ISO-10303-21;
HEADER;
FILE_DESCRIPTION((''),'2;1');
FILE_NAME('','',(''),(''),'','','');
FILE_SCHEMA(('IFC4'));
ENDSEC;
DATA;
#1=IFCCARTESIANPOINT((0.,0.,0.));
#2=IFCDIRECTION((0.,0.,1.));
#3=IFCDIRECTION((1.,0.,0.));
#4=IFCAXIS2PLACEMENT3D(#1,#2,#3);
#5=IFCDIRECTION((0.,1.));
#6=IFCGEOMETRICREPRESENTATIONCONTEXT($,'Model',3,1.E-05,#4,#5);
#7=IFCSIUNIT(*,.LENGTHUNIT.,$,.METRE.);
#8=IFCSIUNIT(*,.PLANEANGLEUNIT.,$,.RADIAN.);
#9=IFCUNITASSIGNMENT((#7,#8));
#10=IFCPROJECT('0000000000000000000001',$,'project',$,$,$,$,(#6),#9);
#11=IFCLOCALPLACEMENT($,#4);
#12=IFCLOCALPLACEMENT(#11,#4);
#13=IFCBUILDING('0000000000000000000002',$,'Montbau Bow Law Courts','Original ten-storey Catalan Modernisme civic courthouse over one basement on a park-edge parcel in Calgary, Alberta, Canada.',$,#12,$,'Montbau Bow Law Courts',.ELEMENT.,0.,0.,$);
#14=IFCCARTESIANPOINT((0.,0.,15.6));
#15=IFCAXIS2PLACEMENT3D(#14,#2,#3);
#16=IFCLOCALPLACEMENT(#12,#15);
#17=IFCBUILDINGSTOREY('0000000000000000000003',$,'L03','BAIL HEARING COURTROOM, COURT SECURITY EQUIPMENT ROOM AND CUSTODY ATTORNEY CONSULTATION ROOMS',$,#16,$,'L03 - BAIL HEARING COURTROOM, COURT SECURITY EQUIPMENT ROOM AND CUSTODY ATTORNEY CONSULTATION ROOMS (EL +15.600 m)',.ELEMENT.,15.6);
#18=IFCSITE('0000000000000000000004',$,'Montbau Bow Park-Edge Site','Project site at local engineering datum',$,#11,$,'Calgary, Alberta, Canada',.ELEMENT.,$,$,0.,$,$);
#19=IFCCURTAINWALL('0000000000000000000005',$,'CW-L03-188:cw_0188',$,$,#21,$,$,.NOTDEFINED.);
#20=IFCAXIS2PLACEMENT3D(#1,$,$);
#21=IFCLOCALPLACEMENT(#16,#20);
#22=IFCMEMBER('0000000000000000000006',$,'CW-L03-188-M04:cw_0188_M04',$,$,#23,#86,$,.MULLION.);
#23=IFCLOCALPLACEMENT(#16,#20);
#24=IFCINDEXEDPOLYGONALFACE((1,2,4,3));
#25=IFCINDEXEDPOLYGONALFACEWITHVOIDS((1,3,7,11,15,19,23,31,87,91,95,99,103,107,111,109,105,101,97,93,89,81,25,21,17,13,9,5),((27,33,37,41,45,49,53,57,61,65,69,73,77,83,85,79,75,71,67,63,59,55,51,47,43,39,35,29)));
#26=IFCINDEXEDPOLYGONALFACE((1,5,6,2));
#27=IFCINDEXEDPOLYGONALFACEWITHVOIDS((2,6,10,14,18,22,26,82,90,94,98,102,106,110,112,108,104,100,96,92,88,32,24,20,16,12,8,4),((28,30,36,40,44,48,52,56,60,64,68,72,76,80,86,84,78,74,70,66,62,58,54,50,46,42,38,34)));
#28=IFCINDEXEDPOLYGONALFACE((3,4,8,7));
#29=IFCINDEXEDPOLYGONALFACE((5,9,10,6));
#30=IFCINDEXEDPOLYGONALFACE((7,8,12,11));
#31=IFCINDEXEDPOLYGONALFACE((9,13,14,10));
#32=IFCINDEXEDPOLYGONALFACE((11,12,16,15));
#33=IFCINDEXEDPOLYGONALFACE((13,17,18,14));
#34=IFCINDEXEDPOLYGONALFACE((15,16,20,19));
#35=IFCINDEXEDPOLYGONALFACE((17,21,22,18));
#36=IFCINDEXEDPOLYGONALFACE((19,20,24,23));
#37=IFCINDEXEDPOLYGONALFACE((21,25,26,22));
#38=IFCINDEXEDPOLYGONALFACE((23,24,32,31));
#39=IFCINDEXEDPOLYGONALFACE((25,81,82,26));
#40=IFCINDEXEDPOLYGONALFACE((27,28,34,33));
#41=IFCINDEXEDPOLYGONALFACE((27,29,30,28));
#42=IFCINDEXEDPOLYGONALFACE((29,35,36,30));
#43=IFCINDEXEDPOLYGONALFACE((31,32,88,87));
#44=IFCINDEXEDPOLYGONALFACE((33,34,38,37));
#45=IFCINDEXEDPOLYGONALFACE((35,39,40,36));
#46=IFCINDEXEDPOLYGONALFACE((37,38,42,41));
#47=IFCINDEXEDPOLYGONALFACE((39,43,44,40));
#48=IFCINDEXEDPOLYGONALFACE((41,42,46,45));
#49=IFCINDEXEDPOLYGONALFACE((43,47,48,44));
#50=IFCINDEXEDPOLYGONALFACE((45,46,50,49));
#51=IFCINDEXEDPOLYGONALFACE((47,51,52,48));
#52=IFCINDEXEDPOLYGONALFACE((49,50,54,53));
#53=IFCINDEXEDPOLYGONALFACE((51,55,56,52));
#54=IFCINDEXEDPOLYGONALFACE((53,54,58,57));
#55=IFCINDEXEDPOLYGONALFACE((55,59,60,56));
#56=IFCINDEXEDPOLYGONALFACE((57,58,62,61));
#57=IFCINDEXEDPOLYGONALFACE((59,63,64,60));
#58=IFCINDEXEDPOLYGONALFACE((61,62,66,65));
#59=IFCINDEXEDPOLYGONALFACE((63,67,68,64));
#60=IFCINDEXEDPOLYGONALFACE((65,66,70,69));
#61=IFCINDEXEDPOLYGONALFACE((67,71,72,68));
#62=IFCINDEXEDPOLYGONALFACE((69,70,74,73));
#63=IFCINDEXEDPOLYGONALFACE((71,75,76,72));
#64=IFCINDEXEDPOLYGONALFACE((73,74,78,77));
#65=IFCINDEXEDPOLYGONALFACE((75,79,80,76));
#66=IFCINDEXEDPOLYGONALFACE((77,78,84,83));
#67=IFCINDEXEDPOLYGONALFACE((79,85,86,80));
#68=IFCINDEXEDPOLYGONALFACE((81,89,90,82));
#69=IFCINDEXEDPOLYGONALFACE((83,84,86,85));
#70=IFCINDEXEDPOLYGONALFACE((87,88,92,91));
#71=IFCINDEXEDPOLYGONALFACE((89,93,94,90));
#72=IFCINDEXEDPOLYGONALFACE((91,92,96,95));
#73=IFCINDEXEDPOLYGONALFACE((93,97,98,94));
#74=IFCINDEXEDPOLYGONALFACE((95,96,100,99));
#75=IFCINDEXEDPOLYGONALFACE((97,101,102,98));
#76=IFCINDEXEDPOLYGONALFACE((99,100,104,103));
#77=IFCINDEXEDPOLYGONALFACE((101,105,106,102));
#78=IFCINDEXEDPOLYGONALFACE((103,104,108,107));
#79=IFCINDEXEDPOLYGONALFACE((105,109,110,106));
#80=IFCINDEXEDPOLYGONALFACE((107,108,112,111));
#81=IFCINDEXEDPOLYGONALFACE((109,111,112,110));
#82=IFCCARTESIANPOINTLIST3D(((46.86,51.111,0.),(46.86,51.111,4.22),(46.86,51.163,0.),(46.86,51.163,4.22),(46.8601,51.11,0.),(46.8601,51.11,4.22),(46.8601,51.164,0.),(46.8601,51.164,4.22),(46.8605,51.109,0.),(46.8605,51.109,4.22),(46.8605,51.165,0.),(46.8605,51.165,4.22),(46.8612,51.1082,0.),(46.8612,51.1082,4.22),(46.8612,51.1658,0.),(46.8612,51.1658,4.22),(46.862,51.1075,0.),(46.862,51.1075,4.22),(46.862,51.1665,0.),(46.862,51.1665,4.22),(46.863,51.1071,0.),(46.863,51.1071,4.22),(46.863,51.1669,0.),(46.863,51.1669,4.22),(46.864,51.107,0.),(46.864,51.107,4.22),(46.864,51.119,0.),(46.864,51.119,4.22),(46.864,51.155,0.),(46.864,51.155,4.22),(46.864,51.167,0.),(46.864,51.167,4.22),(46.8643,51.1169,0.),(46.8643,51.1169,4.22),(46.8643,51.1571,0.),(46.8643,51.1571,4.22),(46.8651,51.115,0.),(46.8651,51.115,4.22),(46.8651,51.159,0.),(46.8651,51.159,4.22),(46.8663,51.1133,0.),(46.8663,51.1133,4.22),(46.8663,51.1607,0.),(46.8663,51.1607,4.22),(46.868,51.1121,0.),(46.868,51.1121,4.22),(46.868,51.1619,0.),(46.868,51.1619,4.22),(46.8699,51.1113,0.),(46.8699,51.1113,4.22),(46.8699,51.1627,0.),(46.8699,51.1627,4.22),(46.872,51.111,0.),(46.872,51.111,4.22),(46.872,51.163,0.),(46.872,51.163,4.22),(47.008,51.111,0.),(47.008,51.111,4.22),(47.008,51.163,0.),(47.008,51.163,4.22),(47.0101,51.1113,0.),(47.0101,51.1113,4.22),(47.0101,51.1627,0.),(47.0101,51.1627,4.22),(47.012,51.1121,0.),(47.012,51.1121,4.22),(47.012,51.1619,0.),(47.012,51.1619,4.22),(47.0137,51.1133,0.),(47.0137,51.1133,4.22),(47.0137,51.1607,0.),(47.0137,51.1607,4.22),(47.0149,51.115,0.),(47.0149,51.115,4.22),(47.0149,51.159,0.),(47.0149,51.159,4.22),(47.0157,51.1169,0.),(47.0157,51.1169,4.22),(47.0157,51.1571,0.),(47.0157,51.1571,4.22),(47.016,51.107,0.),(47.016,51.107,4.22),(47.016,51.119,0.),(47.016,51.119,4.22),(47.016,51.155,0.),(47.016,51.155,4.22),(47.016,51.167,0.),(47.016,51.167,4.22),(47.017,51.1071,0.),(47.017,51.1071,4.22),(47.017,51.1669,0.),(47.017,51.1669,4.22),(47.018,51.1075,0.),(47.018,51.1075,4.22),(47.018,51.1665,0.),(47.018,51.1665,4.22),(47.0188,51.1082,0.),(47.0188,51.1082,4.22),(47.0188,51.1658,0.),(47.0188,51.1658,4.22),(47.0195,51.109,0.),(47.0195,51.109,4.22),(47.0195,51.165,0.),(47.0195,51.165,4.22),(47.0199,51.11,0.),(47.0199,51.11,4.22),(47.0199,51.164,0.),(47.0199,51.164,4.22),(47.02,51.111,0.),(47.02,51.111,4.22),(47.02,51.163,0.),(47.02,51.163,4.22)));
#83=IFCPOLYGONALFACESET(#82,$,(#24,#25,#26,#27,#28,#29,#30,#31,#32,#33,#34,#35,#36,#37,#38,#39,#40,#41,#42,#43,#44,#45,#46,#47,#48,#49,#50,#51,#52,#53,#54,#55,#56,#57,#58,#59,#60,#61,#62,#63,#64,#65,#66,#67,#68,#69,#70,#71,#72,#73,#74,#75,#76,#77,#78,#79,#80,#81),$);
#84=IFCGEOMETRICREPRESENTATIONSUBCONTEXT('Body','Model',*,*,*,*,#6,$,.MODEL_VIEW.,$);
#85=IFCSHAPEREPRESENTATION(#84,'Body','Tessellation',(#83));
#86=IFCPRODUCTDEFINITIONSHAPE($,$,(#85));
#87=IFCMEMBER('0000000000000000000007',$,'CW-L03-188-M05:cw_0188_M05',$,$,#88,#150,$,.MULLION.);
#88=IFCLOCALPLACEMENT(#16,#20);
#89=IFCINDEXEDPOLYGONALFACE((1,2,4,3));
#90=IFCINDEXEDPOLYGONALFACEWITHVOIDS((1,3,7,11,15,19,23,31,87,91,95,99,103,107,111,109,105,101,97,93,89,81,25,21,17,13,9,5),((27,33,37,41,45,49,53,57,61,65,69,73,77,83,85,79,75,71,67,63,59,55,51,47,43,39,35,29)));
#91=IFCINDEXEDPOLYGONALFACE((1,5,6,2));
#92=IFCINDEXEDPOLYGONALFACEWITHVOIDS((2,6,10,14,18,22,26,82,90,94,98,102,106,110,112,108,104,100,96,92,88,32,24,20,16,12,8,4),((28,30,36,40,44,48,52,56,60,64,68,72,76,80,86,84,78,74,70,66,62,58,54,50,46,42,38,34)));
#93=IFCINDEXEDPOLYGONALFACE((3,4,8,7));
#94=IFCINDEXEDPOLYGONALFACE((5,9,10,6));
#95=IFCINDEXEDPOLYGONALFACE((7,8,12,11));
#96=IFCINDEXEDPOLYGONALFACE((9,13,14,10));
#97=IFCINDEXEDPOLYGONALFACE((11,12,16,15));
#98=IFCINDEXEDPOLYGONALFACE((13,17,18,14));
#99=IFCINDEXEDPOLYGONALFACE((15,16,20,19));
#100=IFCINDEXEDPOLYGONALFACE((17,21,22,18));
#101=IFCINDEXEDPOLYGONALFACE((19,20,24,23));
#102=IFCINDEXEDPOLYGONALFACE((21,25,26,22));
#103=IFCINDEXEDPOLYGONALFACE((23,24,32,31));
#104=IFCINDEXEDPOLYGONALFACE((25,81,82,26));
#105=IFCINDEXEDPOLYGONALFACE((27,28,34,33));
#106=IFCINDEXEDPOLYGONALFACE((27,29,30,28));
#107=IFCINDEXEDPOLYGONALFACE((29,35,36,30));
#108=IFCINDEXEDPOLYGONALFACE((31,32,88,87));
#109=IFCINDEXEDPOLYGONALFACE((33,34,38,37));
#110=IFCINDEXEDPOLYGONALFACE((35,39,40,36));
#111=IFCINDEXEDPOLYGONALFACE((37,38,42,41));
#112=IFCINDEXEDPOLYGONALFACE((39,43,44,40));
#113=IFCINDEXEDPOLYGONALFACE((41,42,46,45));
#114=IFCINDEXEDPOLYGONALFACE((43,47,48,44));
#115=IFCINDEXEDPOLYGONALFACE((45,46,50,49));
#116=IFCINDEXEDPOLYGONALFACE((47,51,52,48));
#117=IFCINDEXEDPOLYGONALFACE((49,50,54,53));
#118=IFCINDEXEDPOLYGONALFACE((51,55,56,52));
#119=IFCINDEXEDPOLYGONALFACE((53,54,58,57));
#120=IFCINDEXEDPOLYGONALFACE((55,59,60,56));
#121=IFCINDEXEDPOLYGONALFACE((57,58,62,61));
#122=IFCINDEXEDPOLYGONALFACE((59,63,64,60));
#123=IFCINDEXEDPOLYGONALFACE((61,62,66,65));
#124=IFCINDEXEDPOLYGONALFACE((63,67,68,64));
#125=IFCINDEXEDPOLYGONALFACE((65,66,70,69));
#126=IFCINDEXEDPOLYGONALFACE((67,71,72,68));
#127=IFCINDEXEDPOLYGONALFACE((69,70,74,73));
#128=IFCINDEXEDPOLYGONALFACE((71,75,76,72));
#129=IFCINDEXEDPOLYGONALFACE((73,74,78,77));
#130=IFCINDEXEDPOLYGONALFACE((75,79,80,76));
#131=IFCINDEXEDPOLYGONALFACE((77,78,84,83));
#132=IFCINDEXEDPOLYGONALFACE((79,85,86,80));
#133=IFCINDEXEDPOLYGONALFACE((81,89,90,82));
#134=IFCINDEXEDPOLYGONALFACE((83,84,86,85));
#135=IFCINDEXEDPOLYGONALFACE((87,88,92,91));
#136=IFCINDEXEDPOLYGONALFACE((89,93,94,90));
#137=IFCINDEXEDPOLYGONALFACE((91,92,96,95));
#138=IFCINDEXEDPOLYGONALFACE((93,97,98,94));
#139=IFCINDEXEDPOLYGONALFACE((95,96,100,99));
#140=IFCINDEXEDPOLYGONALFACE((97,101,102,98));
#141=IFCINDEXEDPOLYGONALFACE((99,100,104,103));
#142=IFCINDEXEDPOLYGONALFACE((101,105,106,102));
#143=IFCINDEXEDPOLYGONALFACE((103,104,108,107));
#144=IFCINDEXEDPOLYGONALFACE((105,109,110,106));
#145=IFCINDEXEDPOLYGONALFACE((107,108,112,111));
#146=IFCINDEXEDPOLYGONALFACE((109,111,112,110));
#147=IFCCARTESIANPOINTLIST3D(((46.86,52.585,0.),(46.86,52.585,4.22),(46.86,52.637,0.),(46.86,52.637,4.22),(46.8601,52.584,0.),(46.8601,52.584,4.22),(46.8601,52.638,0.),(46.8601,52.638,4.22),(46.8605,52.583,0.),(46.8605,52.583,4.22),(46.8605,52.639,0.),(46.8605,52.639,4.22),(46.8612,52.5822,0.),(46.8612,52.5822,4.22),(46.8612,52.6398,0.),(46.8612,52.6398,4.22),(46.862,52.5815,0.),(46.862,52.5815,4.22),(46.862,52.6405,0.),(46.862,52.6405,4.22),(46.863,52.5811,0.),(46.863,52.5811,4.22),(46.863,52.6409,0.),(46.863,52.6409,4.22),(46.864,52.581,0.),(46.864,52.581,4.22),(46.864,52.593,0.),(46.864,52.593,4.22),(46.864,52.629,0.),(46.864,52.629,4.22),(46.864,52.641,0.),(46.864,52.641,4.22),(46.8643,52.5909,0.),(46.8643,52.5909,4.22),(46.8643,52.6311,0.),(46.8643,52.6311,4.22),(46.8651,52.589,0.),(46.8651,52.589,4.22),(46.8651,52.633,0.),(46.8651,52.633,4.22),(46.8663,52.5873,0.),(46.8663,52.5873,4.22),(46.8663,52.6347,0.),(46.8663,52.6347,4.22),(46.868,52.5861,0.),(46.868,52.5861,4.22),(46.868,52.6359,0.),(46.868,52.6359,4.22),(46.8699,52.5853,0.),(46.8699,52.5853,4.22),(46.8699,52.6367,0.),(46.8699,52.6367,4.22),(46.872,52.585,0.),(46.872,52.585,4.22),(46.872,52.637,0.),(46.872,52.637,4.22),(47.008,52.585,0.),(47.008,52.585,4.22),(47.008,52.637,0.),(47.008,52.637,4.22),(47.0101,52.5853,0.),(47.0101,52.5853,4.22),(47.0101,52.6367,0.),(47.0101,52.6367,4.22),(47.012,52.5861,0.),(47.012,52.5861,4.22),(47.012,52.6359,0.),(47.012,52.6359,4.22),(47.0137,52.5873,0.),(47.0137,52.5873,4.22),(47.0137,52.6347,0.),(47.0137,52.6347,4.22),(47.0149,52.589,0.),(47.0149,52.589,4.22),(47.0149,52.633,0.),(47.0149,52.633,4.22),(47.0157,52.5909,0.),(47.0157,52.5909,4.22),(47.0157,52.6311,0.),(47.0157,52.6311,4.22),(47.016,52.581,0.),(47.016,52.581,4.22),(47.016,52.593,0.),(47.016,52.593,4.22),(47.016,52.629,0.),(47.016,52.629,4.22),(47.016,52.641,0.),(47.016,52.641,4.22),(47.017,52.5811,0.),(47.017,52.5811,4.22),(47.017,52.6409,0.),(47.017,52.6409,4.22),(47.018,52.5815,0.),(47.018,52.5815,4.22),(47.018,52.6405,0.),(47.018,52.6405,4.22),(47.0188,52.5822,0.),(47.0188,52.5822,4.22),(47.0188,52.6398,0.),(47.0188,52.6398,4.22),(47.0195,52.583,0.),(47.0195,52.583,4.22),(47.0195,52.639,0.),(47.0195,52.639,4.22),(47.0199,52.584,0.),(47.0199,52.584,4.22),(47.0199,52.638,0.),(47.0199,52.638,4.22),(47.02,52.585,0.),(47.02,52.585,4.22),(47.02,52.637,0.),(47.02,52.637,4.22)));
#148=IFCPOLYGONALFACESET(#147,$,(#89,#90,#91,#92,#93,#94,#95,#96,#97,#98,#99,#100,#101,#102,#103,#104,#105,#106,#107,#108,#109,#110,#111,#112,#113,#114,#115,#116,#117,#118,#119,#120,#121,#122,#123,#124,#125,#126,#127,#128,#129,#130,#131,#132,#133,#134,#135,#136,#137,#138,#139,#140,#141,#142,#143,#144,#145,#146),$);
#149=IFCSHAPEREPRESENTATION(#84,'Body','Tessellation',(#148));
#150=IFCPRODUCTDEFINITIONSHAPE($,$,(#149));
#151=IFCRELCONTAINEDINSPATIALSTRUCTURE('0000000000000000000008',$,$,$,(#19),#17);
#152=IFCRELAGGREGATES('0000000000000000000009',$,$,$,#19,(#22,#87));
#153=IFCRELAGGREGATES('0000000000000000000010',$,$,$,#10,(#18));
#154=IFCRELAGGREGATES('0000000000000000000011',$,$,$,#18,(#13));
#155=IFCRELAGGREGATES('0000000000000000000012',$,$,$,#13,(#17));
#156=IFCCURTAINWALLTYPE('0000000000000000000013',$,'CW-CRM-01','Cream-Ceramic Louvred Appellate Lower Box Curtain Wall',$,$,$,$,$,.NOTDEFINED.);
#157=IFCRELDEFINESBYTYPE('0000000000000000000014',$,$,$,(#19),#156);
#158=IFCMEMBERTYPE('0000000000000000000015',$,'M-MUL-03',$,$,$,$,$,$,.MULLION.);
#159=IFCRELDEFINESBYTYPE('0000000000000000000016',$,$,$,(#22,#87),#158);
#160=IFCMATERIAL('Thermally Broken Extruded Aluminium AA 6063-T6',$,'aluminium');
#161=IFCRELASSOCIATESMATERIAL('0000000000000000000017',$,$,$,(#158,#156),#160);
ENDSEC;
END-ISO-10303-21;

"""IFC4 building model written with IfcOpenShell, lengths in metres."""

from ifc_helpers import new_model, si_unit, direction, frame, origin_with_axes, origin_2d_with_axis, place, context, subcontext, project, spatial, hollow_rectangle, extrude, material, material_profile, profile_set, type_object, element, aggregate, save


model = new_model("IFC4")

# Units and contexts
model_context = context("Model", 3, precision=1e-05, world=origin_with_axes(), true_north=direction((0.0, 1.0)))
body_context = subcontext(model_context, "Body", "Model", "MODEL_VIEW")
ifc_project = project(units=[si_unit("LENGTHUNIT", "METRE"), si_unit("PLANEANGLEUNIT", "RADIAN")], contexts=[model_context])

# Site, building, storey
site_placement = place(None, origin_with_axes())
site = spatial("IfcSite", under=ifc_project, at=site_placement, Name="Montbau Bow Park-Edge Site", Description="Project site at local engineering datum", LongName="Calgary, Alberta, Canada", CompositionType="ELEMENT", RefElevation=0.0)
building_placement = place(site_placement, origin_with_axes())
building = spatial("IfcBuilding", under=site, at=building_placement, Name="Montbau Bow Law Courts", Description="Original ten-storey Catalan Modernisme civic courthouse over one basement on a park-edge parcel in Calgary, Alberta, Canada.", LongName="Montbau Bow Law Courts", CompositionType="ELEMENT", ElevationOfRefHeight=0.0, ElevationOfTerrain=0.0)
storey_placement = place(building_placement, frame((0.0, 0.0, 15.6), z_axis=(0.0, 0.0, 1.0), x_axis=(1.0, 0.0, 0.0)))
storey = spatial("IfcBuildingStorey", under=building, at=storey_placement, Name="L03", Description="BAIL HEARING COURTROOM, COURT SECURITY EQUIPMENT ROOM AND CUSTODY ATTORNEY CONSULTATION ROOMS", LongName="L03 - BAIL HEARING COURTROOM, COURT SECURITY EQUIPMENT ROOM AND CUSTODY ATTORNEY CONSULTATION ROOMS (EL +15.600 m)", CompositionType="ELEMENT", Elevation=15.6)

# Curtain wall, members
ifc_material_1 = material(Name="Thermally Broken Extruded Aluminium AA 6063-T6", Category="aluminium")
ifc_material_profile_1 = material_profile(ifc_material_1, hollow_rectangle(XDim=0.06, YDim=0.16, WallThickness=0.004, InnerFilletRadius=0.008, OuterFilletRadius=0.004, at=origin_2d_with_axis()), Name="CWM-160X60", Category="Main", Priority=0)
ifc_profile_set_1 = profile_set([ifc_material_profile_1], Name="Thermally Broken Extruded Aluminium AA 6063-T6")
member_type_1 = type_object("IfcMemberType", Name="M-MUL-03", PredefinedType="MULLION", material=ifc_profile_set_1)
curtain_wall_type_1 = type_object("IfcCurtainWallType", Name="CW-CRM-01", Description="Cream-Ceramic Louvred Appellate Lower Box Curtain Wall", PredefinedType="NOTDEFINED", material=ifc_material_1)
curtain_wall_1_placement = place(None, frame((46.94, 46.715, 15.6), z_axis=(0.0, 0.0, 1.0), x_axis=(1.0, 0.0, 0.0)))
curtain_wall_1 = element("IfcCurtainWall", 1, at=curtain_wall_1_placement, inside=storey, type_object=curtain_wall_type_1, Name="CW-L03-188:cw_0188", PredefinedType="NOTDEFINED")
member_1_placement = place(None, frame((46.94, 51.137, 15.6), z_axis=(0.0, 0.0, 1.0), x_axis=(0.0, 1.0, 0.0)))
member_1 = element("IfcMember", 2, at=member_1_placement, type_object=member_type_1, Name="CW-L03-188-M04:cw_0188_M04", PredefinedType="MULLION", context=body_context, shape_type="SweptSolid", body=[
    extrude(hollow_rectangle(XDim=0.06, YDim=0.16, WallThickness=0.004, InnerFilletRadius=0.008, OuterFilletRadius=0.004, at=origin_2d_with_axis()), origin_with_axes(), (0.0, 0.0, 1.0), 4.22),
])
member_2_placement = place(None, frame((46.94, 52.611, 15.6), z_axis=(0.0, 0.0, 1.0), x_axis=(0.0, 1.0, 0.0)))
member_2 = element("IfcMember", 3, at=member_2_placement, type_object=member_type_1, Name="CW-L03-188-M05:cw_0188_M05", PredefinedType="MULLION", context=body_context, shape_type="SweptSolid", body=[
    extrude(hollow_rectangle(XDim=0.06, YDim=0.16, WallThickness=0.004, InnerFilletRadius=0.008, OuterFilletRadius=0.004, at=origin_2d_with_axis()), origin_with_axes(), (0.0, 0.0, 1.0), 4.22),
])

aggregate(curtain_wall_1, [member_1, member_2])

save(model, "model.ifc")
